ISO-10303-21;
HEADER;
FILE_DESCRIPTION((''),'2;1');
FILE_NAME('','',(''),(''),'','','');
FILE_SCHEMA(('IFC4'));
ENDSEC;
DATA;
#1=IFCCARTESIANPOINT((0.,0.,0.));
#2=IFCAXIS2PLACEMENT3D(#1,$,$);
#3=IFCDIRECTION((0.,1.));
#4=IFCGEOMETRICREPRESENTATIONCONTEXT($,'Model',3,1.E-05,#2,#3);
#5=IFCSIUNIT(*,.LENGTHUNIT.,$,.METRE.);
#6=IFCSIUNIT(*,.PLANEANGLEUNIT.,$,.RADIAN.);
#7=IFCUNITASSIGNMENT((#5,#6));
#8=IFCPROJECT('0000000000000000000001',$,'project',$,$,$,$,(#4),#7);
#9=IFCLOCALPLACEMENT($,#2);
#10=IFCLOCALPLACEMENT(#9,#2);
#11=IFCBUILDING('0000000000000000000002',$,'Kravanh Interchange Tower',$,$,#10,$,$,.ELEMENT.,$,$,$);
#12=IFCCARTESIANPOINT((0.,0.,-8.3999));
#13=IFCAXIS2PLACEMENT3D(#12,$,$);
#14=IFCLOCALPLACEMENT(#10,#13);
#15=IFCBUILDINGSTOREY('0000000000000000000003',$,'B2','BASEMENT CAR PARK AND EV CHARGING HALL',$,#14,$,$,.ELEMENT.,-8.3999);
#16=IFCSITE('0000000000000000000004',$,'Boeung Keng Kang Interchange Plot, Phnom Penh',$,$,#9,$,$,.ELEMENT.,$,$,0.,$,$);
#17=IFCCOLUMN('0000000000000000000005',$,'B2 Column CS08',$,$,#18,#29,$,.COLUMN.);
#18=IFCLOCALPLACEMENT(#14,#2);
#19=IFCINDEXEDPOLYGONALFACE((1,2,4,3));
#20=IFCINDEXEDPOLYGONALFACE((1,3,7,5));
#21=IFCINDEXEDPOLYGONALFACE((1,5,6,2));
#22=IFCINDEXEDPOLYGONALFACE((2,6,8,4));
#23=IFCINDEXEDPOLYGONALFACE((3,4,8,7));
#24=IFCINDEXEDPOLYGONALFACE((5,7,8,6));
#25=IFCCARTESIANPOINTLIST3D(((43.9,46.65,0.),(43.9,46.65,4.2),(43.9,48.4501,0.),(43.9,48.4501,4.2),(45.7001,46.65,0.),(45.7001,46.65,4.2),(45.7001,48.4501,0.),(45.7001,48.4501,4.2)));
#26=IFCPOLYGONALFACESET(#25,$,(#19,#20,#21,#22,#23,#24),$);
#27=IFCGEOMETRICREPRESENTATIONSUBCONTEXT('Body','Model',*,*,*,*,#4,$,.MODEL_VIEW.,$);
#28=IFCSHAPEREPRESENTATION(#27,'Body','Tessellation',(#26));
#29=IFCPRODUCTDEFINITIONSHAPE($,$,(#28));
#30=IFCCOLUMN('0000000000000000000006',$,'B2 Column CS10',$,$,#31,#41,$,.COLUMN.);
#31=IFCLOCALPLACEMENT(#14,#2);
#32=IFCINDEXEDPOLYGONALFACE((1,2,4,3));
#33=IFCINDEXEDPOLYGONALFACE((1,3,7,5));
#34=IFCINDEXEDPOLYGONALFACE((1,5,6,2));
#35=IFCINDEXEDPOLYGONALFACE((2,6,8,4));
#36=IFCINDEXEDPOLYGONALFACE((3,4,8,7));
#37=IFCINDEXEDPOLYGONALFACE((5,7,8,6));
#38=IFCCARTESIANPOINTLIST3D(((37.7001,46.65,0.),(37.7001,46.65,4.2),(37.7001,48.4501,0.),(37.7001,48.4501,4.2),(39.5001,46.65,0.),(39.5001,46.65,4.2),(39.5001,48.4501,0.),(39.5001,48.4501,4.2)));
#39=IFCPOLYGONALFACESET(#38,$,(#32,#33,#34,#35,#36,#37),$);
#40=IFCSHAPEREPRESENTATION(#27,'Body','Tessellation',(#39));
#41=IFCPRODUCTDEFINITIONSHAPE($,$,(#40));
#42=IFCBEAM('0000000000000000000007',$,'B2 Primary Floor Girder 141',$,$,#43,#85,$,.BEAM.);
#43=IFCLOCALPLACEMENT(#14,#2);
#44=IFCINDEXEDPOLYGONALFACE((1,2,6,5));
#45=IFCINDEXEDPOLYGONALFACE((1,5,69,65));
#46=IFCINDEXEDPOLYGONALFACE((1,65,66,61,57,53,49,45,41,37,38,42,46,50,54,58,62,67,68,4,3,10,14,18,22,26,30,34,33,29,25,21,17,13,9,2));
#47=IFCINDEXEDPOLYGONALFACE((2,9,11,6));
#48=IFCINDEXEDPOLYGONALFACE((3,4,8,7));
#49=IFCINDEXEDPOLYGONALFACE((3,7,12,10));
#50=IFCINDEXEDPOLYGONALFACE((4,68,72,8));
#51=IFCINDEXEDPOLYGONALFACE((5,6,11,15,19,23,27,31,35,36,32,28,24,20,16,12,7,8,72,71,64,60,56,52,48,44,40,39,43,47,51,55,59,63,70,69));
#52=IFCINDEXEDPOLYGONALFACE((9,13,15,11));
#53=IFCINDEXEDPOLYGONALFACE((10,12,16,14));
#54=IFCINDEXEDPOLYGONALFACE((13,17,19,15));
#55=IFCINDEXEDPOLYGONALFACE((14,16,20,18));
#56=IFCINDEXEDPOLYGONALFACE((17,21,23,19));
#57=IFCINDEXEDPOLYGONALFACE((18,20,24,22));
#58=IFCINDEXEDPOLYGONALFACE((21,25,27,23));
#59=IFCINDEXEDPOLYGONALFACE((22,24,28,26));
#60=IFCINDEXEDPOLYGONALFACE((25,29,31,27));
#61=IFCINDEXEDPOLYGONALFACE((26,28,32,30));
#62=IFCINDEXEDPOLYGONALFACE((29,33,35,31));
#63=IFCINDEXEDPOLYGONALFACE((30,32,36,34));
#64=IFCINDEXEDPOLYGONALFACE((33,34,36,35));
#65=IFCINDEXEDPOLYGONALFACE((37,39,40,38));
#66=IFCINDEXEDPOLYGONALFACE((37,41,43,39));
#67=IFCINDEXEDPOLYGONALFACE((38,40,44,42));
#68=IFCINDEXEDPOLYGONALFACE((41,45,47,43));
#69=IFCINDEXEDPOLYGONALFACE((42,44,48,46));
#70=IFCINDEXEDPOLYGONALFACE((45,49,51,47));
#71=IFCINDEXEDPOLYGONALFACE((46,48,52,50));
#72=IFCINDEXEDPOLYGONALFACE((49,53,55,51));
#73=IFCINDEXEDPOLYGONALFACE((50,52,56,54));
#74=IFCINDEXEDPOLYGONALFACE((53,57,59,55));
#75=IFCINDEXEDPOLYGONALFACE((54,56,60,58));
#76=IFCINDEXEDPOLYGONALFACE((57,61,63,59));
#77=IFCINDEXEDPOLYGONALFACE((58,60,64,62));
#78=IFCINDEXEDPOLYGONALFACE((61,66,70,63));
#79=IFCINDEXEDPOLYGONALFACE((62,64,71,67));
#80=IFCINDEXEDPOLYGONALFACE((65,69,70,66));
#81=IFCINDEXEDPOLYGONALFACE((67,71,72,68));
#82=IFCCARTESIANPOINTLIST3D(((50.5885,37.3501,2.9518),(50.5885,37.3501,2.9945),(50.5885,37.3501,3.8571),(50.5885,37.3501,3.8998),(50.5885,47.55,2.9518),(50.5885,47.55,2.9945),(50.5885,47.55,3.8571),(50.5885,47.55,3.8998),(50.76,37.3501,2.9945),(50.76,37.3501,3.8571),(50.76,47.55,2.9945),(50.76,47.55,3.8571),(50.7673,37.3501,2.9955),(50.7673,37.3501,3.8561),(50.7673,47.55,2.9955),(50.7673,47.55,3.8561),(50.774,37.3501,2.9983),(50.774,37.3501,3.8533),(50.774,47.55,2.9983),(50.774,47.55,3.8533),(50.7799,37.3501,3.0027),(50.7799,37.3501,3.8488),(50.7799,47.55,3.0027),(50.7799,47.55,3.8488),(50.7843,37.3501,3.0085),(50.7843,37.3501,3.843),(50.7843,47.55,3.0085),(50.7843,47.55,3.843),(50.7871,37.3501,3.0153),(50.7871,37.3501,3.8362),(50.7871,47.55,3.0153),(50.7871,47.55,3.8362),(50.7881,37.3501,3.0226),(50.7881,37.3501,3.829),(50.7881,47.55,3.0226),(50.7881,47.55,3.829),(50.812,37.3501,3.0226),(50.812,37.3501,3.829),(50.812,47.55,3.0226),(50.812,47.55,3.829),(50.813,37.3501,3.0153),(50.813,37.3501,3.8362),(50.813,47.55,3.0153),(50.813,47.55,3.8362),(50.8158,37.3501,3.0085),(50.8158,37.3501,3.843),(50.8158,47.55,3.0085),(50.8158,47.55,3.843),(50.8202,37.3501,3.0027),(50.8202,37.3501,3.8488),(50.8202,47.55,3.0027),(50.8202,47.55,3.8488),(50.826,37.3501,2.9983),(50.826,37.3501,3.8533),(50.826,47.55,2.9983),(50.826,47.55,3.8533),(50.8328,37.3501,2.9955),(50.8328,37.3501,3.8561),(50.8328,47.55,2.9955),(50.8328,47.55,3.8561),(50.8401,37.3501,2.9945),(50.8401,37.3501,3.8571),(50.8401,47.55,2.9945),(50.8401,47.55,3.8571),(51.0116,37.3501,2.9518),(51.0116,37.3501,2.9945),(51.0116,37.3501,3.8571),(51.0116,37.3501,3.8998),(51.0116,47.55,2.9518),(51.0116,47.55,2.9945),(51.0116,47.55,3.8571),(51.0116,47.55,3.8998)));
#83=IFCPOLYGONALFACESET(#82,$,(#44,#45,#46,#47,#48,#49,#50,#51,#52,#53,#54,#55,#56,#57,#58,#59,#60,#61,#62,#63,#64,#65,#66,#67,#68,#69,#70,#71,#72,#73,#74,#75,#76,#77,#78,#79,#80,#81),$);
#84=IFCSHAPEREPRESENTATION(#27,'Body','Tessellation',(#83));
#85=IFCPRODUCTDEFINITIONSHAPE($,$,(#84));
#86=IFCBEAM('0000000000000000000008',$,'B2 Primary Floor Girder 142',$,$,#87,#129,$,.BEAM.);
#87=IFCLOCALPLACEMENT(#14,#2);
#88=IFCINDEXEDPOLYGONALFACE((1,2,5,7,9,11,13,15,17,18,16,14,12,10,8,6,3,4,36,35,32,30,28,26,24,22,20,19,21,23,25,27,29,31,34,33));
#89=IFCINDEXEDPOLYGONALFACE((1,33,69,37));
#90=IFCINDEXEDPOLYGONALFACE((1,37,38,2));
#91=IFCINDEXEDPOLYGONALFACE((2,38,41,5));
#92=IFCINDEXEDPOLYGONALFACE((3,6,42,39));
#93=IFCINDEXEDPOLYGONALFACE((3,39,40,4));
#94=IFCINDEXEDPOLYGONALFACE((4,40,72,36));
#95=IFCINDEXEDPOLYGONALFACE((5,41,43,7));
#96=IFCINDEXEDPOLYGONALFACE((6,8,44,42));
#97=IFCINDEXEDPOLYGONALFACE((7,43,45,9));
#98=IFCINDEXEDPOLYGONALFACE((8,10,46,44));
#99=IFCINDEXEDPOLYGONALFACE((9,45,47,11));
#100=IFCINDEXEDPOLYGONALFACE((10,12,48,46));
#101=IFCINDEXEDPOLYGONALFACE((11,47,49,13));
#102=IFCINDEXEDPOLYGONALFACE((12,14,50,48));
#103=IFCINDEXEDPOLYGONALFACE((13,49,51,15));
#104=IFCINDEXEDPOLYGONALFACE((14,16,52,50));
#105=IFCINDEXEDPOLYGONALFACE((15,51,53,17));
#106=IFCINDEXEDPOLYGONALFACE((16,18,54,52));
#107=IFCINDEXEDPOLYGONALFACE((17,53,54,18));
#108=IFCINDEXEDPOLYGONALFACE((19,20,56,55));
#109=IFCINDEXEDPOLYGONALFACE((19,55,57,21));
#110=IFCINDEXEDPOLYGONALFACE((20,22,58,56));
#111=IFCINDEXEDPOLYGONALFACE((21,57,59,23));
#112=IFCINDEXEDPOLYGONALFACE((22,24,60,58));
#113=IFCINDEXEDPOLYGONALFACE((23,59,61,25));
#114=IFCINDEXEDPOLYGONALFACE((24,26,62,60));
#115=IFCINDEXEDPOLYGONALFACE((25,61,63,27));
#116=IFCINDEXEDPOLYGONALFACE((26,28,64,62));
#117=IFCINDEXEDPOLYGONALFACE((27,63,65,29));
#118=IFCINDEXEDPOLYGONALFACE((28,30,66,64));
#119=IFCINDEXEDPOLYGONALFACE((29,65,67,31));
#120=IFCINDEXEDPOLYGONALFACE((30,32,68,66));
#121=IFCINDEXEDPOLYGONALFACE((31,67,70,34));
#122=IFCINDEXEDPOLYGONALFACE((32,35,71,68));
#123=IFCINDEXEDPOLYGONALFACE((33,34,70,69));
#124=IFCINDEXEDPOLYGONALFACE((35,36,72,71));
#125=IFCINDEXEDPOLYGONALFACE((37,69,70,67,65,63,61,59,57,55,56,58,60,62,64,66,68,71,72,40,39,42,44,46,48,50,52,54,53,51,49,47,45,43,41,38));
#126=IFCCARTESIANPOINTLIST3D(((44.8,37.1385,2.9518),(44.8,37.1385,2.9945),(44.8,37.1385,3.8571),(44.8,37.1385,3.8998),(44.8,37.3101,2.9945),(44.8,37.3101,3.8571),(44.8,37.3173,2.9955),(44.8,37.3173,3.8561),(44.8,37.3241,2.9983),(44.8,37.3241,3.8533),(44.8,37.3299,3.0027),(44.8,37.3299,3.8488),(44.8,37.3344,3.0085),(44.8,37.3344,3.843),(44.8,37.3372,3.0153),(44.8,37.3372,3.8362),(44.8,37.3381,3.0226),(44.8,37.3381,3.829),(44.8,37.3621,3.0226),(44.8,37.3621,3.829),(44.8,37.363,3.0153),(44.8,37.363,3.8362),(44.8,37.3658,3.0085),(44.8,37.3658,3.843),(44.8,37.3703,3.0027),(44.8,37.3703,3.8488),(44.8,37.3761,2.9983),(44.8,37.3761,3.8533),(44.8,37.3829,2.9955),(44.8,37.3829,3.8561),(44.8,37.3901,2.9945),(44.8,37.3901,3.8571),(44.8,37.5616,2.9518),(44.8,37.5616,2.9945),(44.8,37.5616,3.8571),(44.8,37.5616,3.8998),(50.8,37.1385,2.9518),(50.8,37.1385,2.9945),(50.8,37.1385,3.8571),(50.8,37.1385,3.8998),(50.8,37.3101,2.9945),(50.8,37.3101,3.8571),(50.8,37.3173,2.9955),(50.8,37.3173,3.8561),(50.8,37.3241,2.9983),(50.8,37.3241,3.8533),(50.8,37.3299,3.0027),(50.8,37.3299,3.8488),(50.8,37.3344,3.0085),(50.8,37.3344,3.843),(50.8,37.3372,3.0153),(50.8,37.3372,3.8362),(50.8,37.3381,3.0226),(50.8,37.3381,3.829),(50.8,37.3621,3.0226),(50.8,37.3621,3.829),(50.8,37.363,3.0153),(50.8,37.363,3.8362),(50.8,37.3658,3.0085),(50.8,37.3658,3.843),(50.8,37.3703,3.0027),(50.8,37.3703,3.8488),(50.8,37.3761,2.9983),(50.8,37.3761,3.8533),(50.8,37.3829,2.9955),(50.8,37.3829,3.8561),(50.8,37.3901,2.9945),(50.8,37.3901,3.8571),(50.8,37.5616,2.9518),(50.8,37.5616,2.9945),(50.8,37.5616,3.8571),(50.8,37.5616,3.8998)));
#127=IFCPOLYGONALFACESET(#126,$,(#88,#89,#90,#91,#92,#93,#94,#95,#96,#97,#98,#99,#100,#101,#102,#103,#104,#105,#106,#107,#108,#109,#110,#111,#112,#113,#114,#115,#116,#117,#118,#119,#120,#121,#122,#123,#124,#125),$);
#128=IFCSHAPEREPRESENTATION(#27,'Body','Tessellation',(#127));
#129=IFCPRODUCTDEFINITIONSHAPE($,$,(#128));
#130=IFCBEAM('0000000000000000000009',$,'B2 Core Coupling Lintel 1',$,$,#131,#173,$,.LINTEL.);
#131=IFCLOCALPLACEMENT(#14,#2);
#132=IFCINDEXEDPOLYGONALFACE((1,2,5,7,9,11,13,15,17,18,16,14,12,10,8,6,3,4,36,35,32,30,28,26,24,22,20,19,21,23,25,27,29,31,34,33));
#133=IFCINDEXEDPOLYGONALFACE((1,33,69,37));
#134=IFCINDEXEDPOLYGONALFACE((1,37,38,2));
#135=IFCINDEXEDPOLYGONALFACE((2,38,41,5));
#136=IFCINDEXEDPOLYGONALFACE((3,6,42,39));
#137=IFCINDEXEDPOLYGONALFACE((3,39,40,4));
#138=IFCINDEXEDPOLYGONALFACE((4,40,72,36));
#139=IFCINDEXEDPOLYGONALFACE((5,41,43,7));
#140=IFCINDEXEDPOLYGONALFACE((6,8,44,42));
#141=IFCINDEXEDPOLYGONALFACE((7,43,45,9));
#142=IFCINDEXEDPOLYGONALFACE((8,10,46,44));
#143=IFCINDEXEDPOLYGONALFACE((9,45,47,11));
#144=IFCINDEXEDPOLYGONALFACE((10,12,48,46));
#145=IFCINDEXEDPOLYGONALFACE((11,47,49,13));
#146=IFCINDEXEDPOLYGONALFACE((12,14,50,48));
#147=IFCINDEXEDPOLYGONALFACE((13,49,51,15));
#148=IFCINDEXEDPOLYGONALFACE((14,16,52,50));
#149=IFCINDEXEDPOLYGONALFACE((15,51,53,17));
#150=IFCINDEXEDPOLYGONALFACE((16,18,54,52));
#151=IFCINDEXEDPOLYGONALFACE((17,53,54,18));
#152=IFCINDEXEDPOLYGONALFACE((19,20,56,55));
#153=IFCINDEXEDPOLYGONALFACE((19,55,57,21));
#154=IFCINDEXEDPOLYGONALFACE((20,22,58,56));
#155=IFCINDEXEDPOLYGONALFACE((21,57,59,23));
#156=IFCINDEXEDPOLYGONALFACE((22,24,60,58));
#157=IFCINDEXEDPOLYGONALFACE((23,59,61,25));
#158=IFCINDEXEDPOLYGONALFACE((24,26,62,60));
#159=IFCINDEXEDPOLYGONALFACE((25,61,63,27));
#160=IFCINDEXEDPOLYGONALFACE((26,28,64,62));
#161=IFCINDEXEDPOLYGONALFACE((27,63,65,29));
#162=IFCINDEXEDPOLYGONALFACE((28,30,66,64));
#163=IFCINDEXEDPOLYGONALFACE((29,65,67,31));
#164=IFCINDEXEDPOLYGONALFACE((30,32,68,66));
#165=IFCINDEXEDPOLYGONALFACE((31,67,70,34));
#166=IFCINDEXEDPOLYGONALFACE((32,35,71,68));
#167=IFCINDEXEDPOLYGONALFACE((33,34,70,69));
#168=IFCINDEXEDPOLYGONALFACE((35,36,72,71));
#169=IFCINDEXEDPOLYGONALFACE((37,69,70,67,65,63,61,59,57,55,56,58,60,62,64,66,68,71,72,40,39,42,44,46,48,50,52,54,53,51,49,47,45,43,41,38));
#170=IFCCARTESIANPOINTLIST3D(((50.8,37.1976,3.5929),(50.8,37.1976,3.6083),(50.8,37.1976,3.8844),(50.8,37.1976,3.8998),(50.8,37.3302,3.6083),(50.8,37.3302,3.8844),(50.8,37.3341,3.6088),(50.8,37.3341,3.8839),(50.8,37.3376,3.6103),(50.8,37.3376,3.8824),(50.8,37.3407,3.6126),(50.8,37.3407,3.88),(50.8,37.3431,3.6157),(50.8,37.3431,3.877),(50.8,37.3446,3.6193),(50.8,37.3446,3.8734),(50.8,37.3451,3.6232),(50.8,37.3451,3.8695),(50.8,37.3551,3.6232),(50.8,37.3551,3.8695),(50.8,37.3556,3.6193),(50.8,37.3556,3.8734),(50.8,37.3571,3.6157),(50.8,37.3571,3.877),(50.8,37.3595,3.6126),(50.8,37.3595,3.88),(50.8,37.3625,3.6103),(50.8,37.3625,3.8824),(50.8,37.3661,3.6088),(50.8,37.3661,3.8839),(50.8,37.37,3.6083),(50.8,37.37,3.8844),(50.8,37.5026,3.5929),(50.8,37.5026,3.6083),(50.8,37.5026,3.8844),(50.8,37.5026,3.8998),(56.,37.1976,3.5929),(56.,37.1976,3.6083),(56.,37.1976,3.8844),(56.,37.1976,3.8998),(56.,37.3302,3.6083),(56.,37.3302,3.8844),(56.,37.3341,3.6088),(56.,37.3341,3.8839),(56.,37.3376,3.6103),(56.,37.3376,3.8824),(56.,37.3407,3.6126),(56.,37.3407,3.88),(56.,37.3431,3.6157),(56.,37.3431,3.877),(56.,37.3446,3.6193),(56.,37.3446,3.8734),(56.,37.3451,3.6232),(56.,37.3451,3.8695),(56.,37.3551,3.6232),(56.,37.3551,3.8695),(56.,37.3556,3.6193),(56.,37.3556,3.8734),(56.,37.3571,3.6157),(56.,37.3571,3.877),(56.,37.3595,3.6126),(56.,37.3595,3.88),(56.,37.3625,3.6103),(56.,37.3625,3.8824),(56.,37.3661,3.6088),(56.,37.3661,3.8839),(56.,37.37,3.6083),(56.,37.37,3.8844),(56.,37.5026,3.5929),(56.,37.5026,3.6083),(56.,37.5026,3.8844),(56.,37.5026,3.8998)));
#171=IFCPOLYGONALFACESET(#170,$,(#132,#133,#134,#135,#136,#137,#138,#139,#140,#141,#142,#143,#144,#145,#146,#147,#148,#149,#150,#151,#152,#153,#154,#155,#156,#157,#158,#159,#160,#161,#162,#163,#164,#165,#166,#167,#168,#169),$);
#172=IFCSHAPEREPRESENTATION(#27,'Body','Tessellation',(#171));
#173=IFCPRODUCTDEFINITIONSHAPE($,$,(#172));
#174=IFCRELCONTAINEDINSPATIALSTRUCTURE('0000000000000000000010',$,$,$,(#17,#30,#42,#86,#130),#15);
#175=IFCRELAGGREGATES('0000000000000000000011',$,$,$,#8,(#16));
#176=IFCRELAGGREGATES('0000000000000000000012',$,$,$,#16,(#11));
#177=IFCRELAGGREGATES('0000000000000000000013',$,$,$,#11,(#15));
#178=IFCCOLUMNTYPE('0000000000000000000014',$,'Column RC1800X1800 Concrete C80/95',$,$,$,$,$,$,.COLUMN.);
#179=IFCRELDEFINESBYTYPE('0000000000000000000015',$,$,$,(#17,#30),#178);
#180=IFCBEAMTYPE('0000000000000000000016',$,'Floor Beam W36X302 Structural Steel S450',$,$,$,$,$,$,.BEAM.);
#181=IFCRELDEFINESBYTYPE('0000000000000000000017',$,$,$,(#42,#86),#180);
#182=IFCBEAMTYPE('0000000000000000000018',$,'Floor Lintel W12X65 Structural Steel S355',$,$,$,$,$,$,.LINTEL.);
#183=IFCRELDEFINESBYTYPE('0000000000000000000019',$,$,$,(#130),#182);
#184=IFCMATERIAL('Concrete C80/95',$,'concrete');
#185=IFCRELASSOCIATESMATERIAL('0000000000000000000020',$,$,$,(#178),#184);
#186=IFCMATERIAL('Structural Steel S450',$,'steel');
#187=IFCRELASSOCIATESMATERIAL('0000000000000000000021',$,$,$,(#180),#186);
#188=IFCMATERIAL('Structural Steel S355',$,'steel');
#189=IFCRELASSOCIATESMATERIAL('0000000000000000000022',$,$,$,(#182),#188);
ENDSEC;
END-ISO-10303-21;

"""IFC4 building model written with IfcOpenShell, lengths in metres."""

from ifc_helpers import new_model, si_unit, direction, frame, origin, origin_2d, place, context, subcontext, project, spatial, rectangle, i_section, extrude, material, material_profile, profile_set, type_object, element, save


model = new_model("IFC4")

# Units and contexts
model_context = context("Model", 3, precision=1e-05, world=origin(), true_north=direction((0.0, 1.0)))
body_context = subcontext(model_context, "Body", "Model", "MODEL_VIEW")
ifc_project = project(units=[si_unit("LENGTHUNIT", "METRE"), si_unit("PLANEANGLEUNIT", "RADIAN")], contexts=[model_context])

# Site, building, storey
site_placement = place(None, origin())
site = spatial("IfcSite", under=ifc_project, at=site_placement, Name="Boeung Keng Kang Interchange Plot, Phnom Penh", CompositionType="ELEMENT", RefElevation=0.0)
building_placement = place(site_placement, origin())
building = spatial("IfcBuilding", under=site, at=building_placement, Name="Kravanh Interchange Tower", CompositionType="ELEMENT")
storey_placement = place(building_placement, frame((0.0, 0.0, -8.3999)))
storey = spatial("IfcBuildingStorey", under=building, at=storey_placement, Name="B2", Description="BASEMENT CAR PARK AND EV CHARGING HALL", CompositionType="ELEMENT", Elevation=-8.3999)

# Columns
ifc_material_1 = material(Name="Concrete C80/95", Category="concrete")
ifc_material_profile_1 = material_profile(ifc_material_1, rectangle(XDim=1.8, YDim=1.8, at=origin_2d()), Name="RC1800X1800")
ifc_profile_set_1 = profile_set([ifc_material_profile_1], Name="Concrete C80/95")
column_type = type_object("IfcColumnType", Name="Column RC1800X1800 Concrete C80/95", PredefinedType="COLUMN", material=ifc_profile_set_1)
for number, where, z_axis, x_axis, name in (
    (1, (44.8, 47.55, 0.0), (0.0, 0.0, 1.0), (1.0, 0.0, 0.0), "B2 Column CS08"),
    (2, (38.6001, 47.55, 0.0), (0.0, 0.0, 1.0), (1.0, 0.0, 0.0), "B2 Column CS10"),
):
    element("IfcColumn", number, at=place(storey_placement, frame(where, z_axis=z_axis, x_axis=x_axis)), inside=storey, type_object=column_type, Name=name, PredefinedType="COLUMN", context=body_context, shape_type="SweptSolid", body=[
        extrude(rectangle(XDim=1.8, YDim=1.8, at=origin_2d()), origin(), (0.0, 0.0, 1.0), 4.2),
    ])

# Beams
ifc_material_2 = material(Name="Structural Steel S450", Category="steel")
ifc_material_profile_2 = material_profile(ifc_material_2, i_section(OverallWidth=0.4231, OverallDepth=0.948, WebThickness=0.0239, FlangeThickness=0.0427, FilletRadius=0.0281, at=origin_2d()), Name="W36X302")
ifc_profile_set_2 = profile_set([ifc_material_profile_2], Name="Structural Steel S450")
beam_type_1 = type_object("IfcBeamType", Name="Floor Beam W36X302 Structural Steel S450", PredefinedType="BEAM", material=ifc_profile_set_2)
beam_1_placement = place(storey_placement, frame((50.8, 47.55, 3.4258), z_axis=(0.0, -1.0, 0.0), x_axis=(1.0, 0.0, 0.0)))
element("IfcBeam", 3, at=beam_1_placement, inside=storey, type_object=beam_type_1, Name="B2 Primary Floor Girder 141", PredefinedType="BEAM", context=body_context, shape_type="SweptSolid", body=[
    extrude(i_section(OverallWidth=0.4231, OverallDepth=0.948, WebThickness=0.0239, FlangeThickness=0.0427, FilletRadius=0.0281, at=origin_2d()), origin(), (0.0, 0.0, 1.0), 10.2),
])
beam_2_placement = place(storey_placement, frame((50.8, 37.3501, 3.4258), z_axis=(-1.0, 0.0, 0.0), x_axis=(0.0, -1.0, 0.0)))
element("IfcBeam", 4, at=beam_2_placement, inside=storey, type_object=beam_type_1, Name="B2 Primary Floor Girder 142", PredefinedType="BEAM", context=body_context, shape_type="SweptSolid", body=[
    extrude(i_section(OverallWidth=0.4231, OverallDepth=0.948, WebThickness=0.0239, FlangeThickness=0.0427, FilletRadius=0.0281, at=origin_2d()), origin(), (0.0, 0.0, 1.0), 6.0),
])
ifc_material_3 = material(Name="Structural Steel S355", Category="steel")
ifc_material_profile_3 = material_profile(ifc_material_3, i_section(OverallWidth=0.3049, OverallDepth=0.3069, WebThickness=0.01, FlangeThickness=0.0154, FilletRadius=0.0149, at=origin_2d()), Name="W12X65")
ifc_profile_set_3 = profile_set([ifc_material_profile_3], Name="Structural Steel S355")
beam_type_2 = type_object("IfcBeamType", Name="Floor Lintel W12X65 Structural Steel S355", PredefinedType="LINTEL", material=ifc_profile_set_3)
beam_3_placement = place(storey_placement, frame((50.8, 37.3501, 3.7463), z_axis=(1.0, 0.0, 0.0), x_axis=(0.0, 1.0, 0.0)))
element("IfcBeam", 5, at=beam_3_placement, inside=storey, type_object=beam_type_2, Name="B2 Core Coupling Lintel 1", PredefinedType="LINTEL", context=body_context, shape_type="SweptSolid", body=[
    extrude(i_section(OverallWidth=0.3049, OverallDepth=0.3069, WebThickness=0.01, FlangeThickness=0.0154, FilletRadius=0.0149, at=origin_2d()), origin(), (0.0, 0.0, 1.0), 5.2),
])

save(model, "model.ifc")
